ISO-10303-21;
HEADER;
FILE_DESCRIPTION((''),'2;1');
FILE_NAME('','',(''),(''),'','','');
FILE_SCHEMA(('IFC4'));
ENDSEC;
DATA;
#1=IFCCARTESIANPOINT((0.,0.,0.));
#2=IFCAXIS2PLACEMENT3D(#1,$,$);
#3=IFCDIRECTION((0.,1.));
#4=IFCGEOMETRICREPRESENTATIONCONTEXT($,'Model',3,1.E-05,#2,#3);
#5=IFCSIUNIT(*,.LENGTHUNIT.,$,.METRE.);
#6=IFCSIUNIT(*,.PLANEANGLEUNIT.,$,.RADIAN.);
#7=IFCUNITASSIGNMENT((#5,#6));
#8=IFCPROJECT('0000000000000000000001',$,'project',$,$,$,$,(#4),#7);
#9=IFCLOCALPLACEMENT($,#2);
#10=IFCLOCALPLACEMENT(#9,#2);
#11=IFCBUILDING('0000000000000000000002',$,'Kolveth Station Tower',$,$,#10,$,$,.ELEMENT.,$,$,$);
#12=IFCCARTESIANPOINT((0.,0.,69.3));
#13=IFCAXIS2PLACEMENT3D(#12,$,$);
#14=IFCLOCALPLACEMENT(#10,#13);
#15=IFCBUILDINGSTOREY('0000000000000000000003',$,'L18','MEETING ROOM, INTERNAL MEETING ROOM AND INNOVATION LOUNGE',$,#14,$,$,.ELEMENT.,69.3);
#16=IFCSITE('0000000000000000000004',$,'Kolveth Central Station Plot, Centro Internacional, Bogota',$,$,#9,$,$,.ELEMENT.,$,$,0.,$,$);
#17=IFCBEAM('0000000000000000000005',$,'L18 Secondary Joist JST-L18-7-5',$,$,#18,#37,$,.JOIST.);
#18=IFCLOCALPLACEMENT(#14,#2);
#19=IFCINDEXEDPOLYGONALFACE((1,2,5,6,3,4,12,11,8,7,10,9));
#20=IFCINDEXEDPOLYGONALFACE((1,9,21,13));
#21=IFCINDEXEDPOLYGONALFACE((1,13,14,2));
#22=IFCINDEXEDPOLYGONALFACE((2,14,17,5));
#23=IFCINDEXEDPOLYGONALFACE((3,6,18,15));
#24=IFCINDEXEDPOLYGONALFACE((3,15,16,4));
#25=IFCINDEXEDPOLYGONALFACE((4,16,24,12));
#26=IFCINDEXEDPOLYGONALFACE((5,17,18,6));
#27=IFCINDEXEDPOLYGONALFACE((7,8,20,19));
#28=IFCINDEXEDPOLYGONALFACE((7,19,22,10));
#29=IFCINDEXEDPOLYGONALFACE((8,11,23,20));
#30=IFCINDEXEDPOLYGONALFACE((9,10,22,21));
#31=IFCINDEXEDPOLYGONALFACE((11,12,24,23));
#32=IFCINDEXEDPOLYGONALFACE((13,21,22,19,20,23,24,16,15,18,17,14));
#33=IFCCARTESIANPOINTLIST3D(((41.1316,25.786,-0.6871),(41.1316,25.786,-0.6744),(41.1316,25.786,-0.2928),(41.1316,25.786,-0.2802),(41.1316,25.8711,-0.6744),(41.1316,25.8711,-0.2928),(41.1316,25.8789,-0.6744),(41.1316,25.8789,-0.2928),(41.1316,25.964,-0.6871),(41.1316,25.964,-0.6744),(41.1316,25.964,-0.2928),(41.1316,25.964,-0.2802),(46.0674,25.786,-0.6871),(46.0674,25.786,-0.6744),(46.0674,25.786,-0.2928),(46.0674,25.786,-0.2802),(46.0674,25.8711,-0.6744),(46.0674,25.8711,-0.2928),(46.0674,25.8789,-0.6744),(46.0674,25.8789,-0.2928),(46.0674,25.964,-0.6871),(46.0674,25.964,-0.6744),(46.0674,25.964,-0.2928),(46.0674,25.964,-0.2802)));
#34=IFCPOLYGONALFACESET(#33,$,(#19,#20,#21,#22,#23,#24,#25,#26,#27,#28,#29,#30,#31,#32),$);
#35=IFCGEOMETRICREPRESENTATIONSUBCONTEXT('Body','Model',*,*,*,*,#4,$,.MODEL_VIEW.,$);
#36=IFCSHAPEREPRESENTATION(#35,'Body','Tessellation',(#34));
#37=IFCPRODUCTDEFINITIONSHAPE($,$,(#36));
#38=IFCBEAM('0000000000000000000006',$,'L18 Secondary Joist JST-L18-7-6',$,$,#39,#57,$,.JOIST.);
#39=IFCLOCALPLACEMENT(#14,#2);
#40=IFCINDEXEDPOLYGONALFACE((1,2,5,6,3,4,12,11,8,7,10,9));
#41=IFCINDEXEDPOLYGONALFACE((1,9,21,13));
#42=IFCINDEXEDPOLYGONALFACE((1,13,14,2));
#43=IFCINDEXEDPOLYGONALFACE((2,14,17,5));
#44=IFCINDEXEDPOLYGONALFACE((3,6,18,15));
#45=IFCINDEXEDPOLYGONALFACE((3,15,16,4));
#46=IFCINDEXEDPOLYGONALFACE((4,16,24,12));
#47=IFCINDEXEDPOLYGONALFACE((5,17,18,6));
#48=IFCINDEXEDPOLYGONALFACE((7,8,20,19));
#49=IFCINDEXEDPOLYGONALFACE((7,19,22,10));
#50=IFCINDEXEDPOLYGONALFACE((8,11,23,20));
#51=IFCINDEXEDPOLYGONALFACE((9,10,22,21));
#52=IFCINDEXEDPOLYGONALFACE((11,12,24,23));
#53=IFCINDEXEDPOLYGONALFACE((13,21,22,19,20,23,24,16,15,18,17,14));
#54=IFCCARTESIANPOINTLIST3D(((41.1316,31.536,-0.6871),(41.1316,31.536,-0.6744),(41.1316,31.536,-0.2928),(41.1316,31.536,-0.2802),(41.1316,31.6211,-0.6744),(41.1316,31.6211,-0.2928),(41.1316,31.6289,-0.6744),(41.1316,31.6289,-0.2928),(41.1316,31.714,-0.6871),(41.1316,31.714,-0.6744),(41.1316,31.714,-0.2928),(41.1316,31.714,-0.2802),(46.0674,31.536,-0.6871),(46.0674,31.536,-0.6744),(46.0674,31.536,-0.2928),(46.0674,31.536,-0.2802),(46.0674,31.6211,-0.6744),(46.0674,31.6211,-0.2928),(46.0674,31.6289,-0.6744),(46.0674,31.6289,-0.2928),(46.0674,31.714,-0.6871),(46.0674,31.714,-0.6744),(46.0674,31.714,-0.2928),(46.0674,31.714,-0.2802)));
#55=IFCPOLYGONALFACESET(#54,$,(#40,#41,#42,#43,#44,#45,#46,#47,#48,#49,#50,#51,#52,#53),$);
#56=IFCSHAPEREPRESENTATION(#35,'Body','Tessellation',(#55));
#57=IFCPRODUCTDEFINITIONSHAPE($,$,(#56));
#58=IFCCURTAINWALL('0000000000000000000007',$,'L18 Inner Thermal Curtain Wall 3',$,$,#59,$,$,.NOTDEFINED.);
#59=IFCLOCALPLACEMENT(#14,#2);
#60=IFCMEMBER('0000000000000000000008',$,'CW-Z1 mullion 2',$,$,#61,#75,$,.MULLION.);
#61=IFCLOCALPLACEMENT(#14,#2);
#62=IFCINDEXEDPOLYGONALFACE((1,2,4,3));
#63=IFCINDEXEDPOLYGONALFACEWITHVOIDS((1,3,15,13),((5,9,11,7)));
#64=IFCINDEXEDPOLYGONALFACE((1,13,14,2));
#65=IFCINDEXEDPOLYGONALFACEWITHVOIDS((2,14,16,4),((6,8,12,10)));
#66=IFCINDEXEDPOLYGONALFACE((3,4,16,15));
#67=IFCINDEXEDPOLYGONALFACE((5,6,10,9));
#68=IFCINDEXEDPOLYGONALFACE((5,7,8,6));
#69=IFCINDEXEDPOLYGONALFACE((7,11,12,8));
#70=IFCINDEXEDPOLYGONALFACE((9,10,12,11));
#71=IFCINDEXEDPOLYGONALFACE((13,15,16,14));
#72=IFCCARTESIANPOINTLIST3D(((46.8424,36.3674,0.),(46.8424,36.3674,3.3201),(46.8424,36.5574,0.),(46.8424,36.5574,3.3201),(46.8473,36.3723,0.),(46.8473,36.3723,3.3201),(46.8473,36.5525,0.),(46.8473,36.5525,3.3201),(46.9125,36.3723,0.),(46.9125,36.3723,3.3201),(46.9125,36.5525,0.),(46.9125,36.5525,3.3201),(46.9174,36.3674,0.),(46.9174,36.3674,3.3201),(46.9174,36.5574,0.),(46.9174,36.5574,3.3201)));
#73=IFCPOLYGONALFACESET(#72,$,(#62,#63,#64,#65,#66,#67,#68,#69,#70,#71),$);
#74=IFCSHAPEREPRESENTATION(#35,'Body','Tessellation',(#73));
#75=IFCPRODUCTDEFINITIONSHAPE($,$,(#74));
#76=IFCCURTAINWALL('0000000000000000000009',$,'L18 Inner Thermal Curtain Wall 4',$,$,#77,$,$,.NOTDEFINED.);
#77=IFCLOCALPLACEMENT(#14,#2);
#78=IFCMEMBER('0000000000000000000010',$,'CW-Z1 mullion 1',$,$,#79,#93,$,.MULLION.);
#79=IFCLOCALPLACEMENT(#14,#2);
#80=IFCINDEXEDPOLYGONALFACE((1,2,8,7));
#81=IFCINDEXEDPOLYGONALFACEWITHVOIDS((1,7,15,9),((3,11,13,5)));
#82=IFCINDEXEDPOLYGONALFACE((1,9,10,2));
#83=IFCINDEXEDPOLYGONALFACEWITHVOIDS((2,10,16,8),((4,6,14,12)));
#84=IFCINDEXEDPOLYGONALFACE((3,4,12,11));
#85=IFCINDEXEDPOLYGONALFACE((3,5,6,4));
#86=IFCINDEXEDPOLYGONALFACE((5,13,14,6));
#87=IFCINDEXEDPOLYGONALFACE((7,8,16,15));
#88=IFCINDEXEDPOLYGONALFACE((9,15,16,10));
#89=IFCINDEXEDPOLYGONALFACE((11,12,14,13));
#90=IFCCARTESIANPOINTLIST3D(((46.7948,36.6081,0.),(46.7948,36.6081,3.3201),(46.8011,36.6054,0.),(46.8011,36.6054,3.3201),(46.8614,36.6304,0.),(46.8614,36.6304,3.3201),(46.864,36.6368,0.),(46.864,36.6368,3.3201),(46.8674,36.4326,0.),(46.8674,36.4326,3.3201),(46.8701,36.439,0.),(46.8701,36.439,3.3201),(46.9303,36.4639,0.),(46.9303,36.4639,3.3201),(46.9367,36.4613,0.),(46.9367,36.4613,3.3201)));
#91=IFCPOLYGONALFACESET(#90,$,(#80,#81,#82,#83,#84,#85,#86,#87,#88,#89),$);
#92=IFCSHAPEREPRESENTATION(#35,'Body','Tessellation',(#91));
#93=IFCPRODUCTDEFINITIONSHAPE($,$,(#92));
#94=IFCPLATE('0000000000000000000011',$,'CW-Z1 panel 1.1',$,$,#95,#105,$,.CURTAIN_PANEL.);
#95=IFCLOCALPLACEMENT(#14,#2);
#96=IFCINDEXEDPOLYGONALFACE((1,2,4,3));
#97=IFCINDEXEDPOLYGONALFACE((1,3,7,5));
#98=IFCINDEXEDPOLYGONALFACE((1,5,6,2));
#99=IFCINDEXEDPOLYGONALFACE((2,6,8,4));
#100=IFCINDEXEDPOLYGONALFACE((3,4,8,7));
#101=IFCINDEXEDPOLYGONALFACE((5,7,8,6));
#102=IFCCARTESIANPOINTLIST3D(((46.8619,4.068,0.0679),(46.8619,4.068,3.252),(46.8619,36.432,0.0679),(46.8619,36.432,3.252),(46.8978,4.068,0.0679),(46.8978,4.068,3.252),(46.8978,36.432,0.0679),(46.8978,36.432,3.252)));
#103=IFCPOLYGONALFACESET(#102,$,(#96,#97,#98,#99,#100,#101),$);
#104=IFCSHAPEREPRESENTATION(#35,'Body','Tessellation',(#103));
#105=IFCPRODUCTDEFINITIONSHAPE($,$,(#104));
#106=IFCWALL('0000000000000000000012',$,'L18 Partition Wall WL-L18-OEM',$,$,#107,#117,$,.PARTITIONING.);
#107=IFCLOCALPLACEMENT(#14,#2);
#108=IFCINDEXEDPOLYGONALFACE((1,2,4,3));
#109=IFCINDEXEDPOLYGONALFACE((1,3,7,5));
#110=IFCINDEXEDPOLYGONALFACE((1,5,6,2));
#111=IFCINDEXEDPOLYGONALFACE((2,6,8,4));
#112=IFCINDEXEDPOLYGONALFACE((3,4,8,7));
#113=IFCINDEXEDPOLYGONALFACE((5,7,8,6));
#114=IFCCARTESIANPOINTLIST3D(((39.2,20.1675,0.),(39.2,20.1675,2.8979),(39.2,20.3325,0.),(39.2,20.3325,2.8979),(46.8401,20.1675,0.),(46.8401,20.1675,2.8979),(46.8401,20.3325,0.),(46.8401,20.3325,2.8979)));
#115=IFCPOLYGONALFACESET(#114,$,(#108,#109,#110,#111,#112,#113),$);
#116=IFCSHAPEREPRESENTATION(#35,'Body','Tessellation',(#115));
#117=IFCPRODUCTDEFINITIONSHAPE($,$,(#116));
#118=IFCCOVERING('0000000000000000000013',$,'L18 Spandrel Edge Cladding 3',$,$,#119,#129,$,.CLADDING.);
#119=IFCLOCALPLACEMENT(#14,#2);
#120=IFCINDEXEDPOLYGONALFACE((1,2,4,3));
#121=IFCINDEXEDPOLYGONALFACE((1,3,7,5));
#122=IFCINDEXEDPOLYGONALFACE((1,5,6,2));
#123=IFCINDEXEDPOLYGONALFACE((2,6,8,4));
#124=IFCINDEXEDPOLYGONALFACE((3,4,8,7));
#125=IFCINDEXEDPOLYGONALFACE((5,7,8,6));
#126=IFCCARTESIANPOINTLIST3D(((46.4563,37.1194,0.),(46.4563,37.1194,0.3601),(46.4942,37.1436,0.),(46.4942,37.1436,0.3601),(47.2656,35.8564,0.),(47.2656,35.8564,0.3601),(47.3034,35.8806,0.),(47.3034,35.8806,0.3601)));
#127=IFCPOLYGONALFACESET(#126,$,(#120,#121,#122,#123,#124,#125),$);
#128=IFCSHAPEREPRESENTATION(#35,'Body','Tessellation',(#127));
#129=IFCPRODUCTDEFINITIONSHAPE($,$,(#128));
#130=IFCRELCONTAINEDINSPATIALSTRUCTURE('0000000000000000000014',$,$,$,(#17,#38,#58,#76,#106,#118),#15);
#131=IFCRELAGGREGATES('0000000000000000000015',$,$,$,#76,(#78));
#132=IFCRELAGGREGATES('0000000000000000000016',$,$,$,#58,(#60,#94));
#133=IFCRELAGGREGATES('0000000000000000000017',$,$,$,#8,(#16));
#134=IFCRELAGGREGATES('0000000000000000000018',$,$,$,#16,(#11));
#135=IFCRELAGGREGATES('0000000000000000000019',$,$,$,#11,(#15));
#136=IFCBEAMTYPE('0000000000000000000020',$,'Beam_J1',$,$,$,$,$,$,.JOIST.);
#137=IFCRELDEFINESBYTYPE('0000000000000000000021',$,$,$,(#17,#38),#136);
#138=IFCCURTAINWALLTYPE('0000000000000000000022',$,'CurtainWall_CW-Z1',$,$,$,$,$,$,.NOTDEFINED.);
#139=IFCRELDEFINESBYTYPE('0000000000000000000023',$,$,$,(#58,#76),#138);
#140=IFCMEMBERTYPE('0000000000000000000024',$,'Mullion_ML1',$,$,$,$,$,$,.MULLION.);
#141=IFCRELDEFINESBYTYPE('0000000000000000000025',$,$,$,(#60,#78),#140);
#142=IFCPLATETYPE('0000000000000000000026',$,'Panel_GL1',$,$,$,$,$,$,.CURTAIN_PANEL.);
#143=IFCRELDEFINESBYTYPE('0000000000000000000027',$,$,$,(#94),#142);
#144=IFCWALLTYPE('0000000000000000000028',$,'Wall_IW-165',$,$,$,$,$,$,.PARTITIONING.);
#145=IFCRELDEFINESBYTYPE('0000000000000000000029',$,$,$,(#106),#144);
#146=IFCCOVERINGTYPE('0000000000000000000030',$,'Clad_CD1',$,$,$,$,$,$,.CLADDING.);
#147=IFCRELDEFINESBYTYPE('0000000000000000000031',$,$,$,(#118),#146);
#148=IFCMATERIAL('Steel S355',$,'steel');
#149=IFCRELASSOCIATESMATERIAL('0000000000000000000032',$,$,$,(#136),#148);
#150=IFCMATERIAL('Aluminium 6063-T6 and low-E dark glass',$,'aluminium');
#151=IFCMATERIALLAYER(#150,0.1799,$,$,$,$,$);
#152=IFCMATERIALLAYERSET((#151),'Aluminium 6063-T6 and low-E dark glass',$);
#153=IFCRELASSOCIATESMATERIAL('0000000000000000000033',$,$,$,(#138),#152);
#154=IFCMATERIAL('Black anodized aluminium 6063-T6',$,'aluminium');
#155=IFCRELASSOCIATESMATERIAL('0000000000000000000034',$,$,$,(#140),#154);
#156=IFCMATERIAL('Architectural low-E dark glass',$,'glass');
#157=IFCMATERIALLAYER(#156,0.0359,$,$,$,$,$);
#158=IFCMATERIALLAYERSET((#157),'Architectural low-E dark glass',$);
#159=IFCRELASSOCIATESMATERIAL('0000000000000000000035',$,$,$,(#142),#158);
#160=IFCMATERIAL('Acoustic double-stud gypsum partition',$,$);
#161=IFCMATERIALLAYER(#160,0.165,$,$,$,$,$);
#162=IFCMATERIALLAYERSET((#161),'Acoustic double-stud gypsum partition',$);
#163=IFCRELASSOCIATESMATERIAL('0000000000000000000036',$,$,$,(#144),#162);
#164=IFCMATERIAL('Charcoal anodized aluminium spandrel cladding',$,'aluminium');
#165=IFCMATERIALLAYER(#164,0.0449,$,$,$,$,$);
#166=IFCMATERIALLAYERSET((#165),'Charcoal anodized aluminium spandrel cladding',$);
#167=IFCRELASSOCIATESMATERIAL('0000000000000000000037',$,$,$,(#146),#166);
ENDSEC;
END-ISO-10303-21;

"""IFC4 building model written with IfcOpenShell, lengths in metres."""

from ifc_helpers import new_model, si_unit, direction, frame, frame_2d, origin, origin_2d, place, context, subcontext, project, spatial, rectangle, hollow_rectangle, i_section, extrude, source, transform, mapped, material, layer, layer_set, material_profile, profile_set, type_object, element, aggregate, save


model = new_model("IFC4")

# Units and contexts
model_context = context("Model", 3, precision=1e-05, world=origin(), true_north=direction((0.0, 1.0)))
body_context = subcontext(model_context, "Body", "Model", "MODEL_VIEW")
ifc_project = project(units=[si_unit("LENGTHUNIT", "METRE"), si_unit("PLANEANGLEUNIT", "RADIAN")], contexts=[model_context])

# Site, building, storey
site_placement = place(None, origin())
site = spatial("IfcSite", under=ifc_project, at=site_placement, Name="Kolveth Central Station Plot, Centro Internacional, Bogota", CompositionType="ELEMENT", RefElevation=0.0)
building_placement = place(site_placement, origin())
building = spatial("IfcBuilding", under=site, at=building_placement, Name="Kolveth Station Tower", CompositionType="ELEMENT")
storey_placement = place(building_placement, frame((0.0, 0.0, 69.3)))
storey = spatial("IfcBuildingStorey", under=building, at=storey_placement, Name="L18", Description="MEETING ROOM, INTERNAL MEETING ROOM AND INNOVATION LOUNGE", CompositionType="ELEMENT", Elevation=69.3)

# Shared definitions
ifc_material_1 = material(Name="Steel S355", Category="steel")

# Beams
ifc_material_profile_1 = material_profile(ifc_material_1, i_section(OverallWidth=0.178, OverallDepth=0.407, WebThickness=0.0078, FlangeThickness=0.0127, at=origin_2d()), Name="W410x60")
ifc_profile_set_1 = profile_set([ifc_material_profile_1], Name="Steel S355")
beam_type_1 = type_object("IfcBeamType", Name="Beam_J1", PredefinedType="JOIST", material=ifc_profile_set_1)
shared_shape_1 = source(origin(), body_context, "Body", "SweptSolid", [
    extrude(i_section(OverallWidth=0.178, OverallDepth=0.407, WebThickness=0.0078, FlangeThickness=0.0127, at=origin_2d()), origin(), (0.0, 0.0, 1.0), 4.9358),
])
for number, where, z_axis, x_axis, name in (
    (1, (41.1316, 25.875, -0.4836), (1.0, 0.0, 0.0), (0.0, 1.0, 0.0), "L18 Secondary Joist JST-L18-7-5"),
    (2, (41.1316, 31.625, -0.4836), (1.0, 0.0, 0.0), (0.0, 1.0, 0.0), "L18 Secondary Joist JST-L18-7-6"),
):
    element("IfcBeam", number, at=place(storey_placement, frame(where, z_axis=z_axis, x_axis=x_axis)), inside=storey, type_object=beam_type_1, Name=name, PredefinedType="JOIST", context=body_context, shape_type="MappedRepresentation", body=[
        mapped(shared_shape_1, transform((0.0, 0.0, 0.0), x_axis=(1.0, 0.0, 0.0), y_axis=(0.0, 1.0, 0.0), z_axis=(0.0, 0.0, 1.0), scale=1.0)),
    ])

# Curtain walls, members
ifc_material_2 = material(Name="Aluminium 6063-T6 and low-E dark glass", Category="aluminium")
ifc_layer_1 = layer(ifc_material_2, 0.1799)
ifc_layer_set_1 = layer_set([ifc_layer_1], Name="Aluminium 6063-T6 and low-E dark glass")
curtain_wall_type = type_object("IfcCurtainWallType", Name="CurtainWall_CW-Z1", PredefinedType="NOTDEFINED", material=ifc_layer_set_1)
curtain_wall_1_placement = place(storey_placement, origin())
curtain_wall_1 = element("IfcCurtainWall", 3, at=curtain_wall_1_placement, inside=storey, type_object=curtain_wall_type, Name="L18 Inner Thermal Curtain Wall 3", PredefinedType="NOTDEFINED")
ifc_material_3 = material(Name="Black anodized aluminium 6063-T6", Category="aluminium")
ifc_material_profile_2 = material_profile(ifc_material_3, hollow_rectangle(XDim=0.075, YDim=0.1899, WallThickness=0.0049, at=origin_2d()), Name="ALU-75x190x5")
ifc_profile_set_2 = profile_set([ifc_material_profile_2], Name="Black anodized aluminium 6063-T6")
member_type = type_object("IfcMemberType", Name="Mullion_ML1", PredefinedType="MULLION", material=ifc_profile_set_2)
shared_shape_2 = source(origin(), body_context, "Body", "SweptSolid", [
    extrude(hollow_rectangle(XDim=0.075, YDim=0.1899, WallThickness=0.0049, at=origin_2d()), origin(), (0.0, 0.0, 1.0), 3.3201),
])
member_1_placement = place(storey_placement, frame((46.8799, 36.4624, 0.0), z_axis=(0.0, 0.0, 1.0), x_axis=(-1.0, 0.0, 0.0)))
member_1 = element("IfcMember", 4, at=member_1_placement, type_object=member_type, Name="CW-Z1 mullion 2", PredefinedType="MULLION", context=body_context, shape_type="MappedRepresentation", body=[
    mapped(shared_shape_2, transform((0.0, 0.0, 0.0), x_axis=(1.0, 0.0, 0.0), y_axis=(0.0, 1.0, 0.0), z_axis=(0.0, 0.0, 1.0), scale=1.0)),
])
curtain_wall_2_placement = place(storey_placement, origin())
curtain_wall_2 = element("IfcCurtainWall", 5, at=curtain_wall_2_placement, inside=storey, type_object=curtain_wall_type, Name="L18 Inner Thermal Curtain Wall 4", PredefinedType="NOTDEFINED")
member_2_placement = place(storey_placement, frame((46.8657, 36.5347, 0.0), z_axis=(0.0, 0.0, 1.0), x_axis=(-0.923884, -0.382673, 0.0)))
member_2 = element("IfcMember", 6, at=member_2_placement, type_object=member_type, Name="CW-Z1 mullion 1", PredefinedType="MULLION", context=body_context, shape_type="MappedRepresentation", body=[
    mapped(shared_shape_2, transform((0.0, 0.0, 0.0), x_axis=(1.0, 0.0, 0.0), y_axis=(0.0, 1.0, 0.0), z_axis=(0.0, 0.0, 1.0), scale=1.0)),
])
aggregate(curtain_wall_2, [member_2])

# Plate
ifc_material_4 = material(Name="Architectural low-E dark glass", Category="glass")
ifc_layer_2 = layer(ifc_material_4, 0.0359)
ifc_layer_set_2 = layer_set([ifc_layer_2], Name="Architectural low-E dark glass")
plate_type = type_object("IfcPlateType", Name="Panel_GL1", PredefinedType="CURTAIN_PANEL", material=ifc_layer_set_2)
shared_shape_3 = source(origin(), body_context, "Body", "SweptSolid", [
    extrude(rectangle(XDim=32.364, YDim=0.0359, at=origin_2d()), origin(), (0.0, 0.0, 1.0), 3.1841),
])
plate_placement = place(storey_placement, frame((46.8799, 20.25, 0.0679), z_axis=(0.0, 0.0, 1.0), x_axis=(0.0, 1.0, 0.0)))
plate = element("IfcPlate", 7, at=plate_placement, type_object=plate_type, Name="CW-Z1 panel 1.1", PredefinedType="CURTAIN_PANEL", context=body_context, shape_type="MappedRepresentation", body=[
    mapped(shared_shape_3, transform((0.0, 0.0, 0.0), x_axis=(1.0, 0.0, 0.0), y_axis=(0.0, 1.0, 0.0), z_axis=(0.0, 0.0, 1.0), scale=1.0)),
])
aggregate(curtain_wall_1, [member_1, plate])

# Wall
ifc_material_5 = material(Name="Acoustic double-stud gypsum partition")
ifc_layer_3 = layer(ifc_material_5, 0.165)
ifc_layer_set_3 = layer_set([ifc_layer_3], Name="Acoustic double-stud gypsum partition")
wall_type = type_object("IfcWallType", Name="Wall_IW-165", PredefinedType="PARTITIONING", material=ifc_layer_set_3)
wall_placement = place(storey_placement, frame((39.2, 20.25, 0.0), z_axis=(0.0, 0.0, 1.0), x_axis=(1.0, 0.0, 0.0)))
element("IfcWall", 8, at=wall_placement, inside=storey, type_object=wall_type, Name="L18 Partition Wall WL-L18-OEM", PredefinedType="PARTITIONING", context=body_context, shape_type="SweptSolid", body=[
    extrude(rectangle(XDim=7.6401, YDim=0.165, at=frame_2d((3.8201, 0.0))), origin(), (0.0, 0.0, 1.0), 2.8979),
])

# Covering
ifc_material_6 = material(Name="Charcoal anodized aluminium spandrel cladding", Category="aluminium")
ifc_layer_4 = layer(ifc_material_6, 0.0449)
ifc_layer_set_4 = layer_set([ifc_layer_4], Name="Charcoal anodized aluminium spandrel cladding")
covering_type = type_object("IfcCoveringType", Name="Clad_CD1", PredefinedType="CLADDING", material=ifc_layer_set_4)
shared_shape_4 = source(origin(), body_context, "Body", "SweptSolid", [
    extrude(rectangle(XDim=1.5, YDim=0.0449, at=origin_2d()), origin(), (0.0, 0.0, 1.0), 0.3601),
])
covering_placement = place(storey_placement, frame((46.8799, 36.5, 0.0), z_axis=(0.0, 0.0, 1.0), x_axis=(-0.539506, 0.841982, 0.0)))
element("IfcCovering", 9, at=covering_placement, inside=storey, type_object=covering_type, Name="L18 Spandrel Edge Cladding 3", PredefinedType="CLADDING", context=body_context, shape_type="MappedRepresentation", body=[
    mapped(shared_shape_4, transform((0.0, 0.0, 0.0), x_axis=(1.0, 0.0, 0.0), y_axis=(0.0, 1.0, 0.0), z_axis=(0.0, 0.0, 1.0), scale=1.0)),
])

save(model, "model.ifc")
